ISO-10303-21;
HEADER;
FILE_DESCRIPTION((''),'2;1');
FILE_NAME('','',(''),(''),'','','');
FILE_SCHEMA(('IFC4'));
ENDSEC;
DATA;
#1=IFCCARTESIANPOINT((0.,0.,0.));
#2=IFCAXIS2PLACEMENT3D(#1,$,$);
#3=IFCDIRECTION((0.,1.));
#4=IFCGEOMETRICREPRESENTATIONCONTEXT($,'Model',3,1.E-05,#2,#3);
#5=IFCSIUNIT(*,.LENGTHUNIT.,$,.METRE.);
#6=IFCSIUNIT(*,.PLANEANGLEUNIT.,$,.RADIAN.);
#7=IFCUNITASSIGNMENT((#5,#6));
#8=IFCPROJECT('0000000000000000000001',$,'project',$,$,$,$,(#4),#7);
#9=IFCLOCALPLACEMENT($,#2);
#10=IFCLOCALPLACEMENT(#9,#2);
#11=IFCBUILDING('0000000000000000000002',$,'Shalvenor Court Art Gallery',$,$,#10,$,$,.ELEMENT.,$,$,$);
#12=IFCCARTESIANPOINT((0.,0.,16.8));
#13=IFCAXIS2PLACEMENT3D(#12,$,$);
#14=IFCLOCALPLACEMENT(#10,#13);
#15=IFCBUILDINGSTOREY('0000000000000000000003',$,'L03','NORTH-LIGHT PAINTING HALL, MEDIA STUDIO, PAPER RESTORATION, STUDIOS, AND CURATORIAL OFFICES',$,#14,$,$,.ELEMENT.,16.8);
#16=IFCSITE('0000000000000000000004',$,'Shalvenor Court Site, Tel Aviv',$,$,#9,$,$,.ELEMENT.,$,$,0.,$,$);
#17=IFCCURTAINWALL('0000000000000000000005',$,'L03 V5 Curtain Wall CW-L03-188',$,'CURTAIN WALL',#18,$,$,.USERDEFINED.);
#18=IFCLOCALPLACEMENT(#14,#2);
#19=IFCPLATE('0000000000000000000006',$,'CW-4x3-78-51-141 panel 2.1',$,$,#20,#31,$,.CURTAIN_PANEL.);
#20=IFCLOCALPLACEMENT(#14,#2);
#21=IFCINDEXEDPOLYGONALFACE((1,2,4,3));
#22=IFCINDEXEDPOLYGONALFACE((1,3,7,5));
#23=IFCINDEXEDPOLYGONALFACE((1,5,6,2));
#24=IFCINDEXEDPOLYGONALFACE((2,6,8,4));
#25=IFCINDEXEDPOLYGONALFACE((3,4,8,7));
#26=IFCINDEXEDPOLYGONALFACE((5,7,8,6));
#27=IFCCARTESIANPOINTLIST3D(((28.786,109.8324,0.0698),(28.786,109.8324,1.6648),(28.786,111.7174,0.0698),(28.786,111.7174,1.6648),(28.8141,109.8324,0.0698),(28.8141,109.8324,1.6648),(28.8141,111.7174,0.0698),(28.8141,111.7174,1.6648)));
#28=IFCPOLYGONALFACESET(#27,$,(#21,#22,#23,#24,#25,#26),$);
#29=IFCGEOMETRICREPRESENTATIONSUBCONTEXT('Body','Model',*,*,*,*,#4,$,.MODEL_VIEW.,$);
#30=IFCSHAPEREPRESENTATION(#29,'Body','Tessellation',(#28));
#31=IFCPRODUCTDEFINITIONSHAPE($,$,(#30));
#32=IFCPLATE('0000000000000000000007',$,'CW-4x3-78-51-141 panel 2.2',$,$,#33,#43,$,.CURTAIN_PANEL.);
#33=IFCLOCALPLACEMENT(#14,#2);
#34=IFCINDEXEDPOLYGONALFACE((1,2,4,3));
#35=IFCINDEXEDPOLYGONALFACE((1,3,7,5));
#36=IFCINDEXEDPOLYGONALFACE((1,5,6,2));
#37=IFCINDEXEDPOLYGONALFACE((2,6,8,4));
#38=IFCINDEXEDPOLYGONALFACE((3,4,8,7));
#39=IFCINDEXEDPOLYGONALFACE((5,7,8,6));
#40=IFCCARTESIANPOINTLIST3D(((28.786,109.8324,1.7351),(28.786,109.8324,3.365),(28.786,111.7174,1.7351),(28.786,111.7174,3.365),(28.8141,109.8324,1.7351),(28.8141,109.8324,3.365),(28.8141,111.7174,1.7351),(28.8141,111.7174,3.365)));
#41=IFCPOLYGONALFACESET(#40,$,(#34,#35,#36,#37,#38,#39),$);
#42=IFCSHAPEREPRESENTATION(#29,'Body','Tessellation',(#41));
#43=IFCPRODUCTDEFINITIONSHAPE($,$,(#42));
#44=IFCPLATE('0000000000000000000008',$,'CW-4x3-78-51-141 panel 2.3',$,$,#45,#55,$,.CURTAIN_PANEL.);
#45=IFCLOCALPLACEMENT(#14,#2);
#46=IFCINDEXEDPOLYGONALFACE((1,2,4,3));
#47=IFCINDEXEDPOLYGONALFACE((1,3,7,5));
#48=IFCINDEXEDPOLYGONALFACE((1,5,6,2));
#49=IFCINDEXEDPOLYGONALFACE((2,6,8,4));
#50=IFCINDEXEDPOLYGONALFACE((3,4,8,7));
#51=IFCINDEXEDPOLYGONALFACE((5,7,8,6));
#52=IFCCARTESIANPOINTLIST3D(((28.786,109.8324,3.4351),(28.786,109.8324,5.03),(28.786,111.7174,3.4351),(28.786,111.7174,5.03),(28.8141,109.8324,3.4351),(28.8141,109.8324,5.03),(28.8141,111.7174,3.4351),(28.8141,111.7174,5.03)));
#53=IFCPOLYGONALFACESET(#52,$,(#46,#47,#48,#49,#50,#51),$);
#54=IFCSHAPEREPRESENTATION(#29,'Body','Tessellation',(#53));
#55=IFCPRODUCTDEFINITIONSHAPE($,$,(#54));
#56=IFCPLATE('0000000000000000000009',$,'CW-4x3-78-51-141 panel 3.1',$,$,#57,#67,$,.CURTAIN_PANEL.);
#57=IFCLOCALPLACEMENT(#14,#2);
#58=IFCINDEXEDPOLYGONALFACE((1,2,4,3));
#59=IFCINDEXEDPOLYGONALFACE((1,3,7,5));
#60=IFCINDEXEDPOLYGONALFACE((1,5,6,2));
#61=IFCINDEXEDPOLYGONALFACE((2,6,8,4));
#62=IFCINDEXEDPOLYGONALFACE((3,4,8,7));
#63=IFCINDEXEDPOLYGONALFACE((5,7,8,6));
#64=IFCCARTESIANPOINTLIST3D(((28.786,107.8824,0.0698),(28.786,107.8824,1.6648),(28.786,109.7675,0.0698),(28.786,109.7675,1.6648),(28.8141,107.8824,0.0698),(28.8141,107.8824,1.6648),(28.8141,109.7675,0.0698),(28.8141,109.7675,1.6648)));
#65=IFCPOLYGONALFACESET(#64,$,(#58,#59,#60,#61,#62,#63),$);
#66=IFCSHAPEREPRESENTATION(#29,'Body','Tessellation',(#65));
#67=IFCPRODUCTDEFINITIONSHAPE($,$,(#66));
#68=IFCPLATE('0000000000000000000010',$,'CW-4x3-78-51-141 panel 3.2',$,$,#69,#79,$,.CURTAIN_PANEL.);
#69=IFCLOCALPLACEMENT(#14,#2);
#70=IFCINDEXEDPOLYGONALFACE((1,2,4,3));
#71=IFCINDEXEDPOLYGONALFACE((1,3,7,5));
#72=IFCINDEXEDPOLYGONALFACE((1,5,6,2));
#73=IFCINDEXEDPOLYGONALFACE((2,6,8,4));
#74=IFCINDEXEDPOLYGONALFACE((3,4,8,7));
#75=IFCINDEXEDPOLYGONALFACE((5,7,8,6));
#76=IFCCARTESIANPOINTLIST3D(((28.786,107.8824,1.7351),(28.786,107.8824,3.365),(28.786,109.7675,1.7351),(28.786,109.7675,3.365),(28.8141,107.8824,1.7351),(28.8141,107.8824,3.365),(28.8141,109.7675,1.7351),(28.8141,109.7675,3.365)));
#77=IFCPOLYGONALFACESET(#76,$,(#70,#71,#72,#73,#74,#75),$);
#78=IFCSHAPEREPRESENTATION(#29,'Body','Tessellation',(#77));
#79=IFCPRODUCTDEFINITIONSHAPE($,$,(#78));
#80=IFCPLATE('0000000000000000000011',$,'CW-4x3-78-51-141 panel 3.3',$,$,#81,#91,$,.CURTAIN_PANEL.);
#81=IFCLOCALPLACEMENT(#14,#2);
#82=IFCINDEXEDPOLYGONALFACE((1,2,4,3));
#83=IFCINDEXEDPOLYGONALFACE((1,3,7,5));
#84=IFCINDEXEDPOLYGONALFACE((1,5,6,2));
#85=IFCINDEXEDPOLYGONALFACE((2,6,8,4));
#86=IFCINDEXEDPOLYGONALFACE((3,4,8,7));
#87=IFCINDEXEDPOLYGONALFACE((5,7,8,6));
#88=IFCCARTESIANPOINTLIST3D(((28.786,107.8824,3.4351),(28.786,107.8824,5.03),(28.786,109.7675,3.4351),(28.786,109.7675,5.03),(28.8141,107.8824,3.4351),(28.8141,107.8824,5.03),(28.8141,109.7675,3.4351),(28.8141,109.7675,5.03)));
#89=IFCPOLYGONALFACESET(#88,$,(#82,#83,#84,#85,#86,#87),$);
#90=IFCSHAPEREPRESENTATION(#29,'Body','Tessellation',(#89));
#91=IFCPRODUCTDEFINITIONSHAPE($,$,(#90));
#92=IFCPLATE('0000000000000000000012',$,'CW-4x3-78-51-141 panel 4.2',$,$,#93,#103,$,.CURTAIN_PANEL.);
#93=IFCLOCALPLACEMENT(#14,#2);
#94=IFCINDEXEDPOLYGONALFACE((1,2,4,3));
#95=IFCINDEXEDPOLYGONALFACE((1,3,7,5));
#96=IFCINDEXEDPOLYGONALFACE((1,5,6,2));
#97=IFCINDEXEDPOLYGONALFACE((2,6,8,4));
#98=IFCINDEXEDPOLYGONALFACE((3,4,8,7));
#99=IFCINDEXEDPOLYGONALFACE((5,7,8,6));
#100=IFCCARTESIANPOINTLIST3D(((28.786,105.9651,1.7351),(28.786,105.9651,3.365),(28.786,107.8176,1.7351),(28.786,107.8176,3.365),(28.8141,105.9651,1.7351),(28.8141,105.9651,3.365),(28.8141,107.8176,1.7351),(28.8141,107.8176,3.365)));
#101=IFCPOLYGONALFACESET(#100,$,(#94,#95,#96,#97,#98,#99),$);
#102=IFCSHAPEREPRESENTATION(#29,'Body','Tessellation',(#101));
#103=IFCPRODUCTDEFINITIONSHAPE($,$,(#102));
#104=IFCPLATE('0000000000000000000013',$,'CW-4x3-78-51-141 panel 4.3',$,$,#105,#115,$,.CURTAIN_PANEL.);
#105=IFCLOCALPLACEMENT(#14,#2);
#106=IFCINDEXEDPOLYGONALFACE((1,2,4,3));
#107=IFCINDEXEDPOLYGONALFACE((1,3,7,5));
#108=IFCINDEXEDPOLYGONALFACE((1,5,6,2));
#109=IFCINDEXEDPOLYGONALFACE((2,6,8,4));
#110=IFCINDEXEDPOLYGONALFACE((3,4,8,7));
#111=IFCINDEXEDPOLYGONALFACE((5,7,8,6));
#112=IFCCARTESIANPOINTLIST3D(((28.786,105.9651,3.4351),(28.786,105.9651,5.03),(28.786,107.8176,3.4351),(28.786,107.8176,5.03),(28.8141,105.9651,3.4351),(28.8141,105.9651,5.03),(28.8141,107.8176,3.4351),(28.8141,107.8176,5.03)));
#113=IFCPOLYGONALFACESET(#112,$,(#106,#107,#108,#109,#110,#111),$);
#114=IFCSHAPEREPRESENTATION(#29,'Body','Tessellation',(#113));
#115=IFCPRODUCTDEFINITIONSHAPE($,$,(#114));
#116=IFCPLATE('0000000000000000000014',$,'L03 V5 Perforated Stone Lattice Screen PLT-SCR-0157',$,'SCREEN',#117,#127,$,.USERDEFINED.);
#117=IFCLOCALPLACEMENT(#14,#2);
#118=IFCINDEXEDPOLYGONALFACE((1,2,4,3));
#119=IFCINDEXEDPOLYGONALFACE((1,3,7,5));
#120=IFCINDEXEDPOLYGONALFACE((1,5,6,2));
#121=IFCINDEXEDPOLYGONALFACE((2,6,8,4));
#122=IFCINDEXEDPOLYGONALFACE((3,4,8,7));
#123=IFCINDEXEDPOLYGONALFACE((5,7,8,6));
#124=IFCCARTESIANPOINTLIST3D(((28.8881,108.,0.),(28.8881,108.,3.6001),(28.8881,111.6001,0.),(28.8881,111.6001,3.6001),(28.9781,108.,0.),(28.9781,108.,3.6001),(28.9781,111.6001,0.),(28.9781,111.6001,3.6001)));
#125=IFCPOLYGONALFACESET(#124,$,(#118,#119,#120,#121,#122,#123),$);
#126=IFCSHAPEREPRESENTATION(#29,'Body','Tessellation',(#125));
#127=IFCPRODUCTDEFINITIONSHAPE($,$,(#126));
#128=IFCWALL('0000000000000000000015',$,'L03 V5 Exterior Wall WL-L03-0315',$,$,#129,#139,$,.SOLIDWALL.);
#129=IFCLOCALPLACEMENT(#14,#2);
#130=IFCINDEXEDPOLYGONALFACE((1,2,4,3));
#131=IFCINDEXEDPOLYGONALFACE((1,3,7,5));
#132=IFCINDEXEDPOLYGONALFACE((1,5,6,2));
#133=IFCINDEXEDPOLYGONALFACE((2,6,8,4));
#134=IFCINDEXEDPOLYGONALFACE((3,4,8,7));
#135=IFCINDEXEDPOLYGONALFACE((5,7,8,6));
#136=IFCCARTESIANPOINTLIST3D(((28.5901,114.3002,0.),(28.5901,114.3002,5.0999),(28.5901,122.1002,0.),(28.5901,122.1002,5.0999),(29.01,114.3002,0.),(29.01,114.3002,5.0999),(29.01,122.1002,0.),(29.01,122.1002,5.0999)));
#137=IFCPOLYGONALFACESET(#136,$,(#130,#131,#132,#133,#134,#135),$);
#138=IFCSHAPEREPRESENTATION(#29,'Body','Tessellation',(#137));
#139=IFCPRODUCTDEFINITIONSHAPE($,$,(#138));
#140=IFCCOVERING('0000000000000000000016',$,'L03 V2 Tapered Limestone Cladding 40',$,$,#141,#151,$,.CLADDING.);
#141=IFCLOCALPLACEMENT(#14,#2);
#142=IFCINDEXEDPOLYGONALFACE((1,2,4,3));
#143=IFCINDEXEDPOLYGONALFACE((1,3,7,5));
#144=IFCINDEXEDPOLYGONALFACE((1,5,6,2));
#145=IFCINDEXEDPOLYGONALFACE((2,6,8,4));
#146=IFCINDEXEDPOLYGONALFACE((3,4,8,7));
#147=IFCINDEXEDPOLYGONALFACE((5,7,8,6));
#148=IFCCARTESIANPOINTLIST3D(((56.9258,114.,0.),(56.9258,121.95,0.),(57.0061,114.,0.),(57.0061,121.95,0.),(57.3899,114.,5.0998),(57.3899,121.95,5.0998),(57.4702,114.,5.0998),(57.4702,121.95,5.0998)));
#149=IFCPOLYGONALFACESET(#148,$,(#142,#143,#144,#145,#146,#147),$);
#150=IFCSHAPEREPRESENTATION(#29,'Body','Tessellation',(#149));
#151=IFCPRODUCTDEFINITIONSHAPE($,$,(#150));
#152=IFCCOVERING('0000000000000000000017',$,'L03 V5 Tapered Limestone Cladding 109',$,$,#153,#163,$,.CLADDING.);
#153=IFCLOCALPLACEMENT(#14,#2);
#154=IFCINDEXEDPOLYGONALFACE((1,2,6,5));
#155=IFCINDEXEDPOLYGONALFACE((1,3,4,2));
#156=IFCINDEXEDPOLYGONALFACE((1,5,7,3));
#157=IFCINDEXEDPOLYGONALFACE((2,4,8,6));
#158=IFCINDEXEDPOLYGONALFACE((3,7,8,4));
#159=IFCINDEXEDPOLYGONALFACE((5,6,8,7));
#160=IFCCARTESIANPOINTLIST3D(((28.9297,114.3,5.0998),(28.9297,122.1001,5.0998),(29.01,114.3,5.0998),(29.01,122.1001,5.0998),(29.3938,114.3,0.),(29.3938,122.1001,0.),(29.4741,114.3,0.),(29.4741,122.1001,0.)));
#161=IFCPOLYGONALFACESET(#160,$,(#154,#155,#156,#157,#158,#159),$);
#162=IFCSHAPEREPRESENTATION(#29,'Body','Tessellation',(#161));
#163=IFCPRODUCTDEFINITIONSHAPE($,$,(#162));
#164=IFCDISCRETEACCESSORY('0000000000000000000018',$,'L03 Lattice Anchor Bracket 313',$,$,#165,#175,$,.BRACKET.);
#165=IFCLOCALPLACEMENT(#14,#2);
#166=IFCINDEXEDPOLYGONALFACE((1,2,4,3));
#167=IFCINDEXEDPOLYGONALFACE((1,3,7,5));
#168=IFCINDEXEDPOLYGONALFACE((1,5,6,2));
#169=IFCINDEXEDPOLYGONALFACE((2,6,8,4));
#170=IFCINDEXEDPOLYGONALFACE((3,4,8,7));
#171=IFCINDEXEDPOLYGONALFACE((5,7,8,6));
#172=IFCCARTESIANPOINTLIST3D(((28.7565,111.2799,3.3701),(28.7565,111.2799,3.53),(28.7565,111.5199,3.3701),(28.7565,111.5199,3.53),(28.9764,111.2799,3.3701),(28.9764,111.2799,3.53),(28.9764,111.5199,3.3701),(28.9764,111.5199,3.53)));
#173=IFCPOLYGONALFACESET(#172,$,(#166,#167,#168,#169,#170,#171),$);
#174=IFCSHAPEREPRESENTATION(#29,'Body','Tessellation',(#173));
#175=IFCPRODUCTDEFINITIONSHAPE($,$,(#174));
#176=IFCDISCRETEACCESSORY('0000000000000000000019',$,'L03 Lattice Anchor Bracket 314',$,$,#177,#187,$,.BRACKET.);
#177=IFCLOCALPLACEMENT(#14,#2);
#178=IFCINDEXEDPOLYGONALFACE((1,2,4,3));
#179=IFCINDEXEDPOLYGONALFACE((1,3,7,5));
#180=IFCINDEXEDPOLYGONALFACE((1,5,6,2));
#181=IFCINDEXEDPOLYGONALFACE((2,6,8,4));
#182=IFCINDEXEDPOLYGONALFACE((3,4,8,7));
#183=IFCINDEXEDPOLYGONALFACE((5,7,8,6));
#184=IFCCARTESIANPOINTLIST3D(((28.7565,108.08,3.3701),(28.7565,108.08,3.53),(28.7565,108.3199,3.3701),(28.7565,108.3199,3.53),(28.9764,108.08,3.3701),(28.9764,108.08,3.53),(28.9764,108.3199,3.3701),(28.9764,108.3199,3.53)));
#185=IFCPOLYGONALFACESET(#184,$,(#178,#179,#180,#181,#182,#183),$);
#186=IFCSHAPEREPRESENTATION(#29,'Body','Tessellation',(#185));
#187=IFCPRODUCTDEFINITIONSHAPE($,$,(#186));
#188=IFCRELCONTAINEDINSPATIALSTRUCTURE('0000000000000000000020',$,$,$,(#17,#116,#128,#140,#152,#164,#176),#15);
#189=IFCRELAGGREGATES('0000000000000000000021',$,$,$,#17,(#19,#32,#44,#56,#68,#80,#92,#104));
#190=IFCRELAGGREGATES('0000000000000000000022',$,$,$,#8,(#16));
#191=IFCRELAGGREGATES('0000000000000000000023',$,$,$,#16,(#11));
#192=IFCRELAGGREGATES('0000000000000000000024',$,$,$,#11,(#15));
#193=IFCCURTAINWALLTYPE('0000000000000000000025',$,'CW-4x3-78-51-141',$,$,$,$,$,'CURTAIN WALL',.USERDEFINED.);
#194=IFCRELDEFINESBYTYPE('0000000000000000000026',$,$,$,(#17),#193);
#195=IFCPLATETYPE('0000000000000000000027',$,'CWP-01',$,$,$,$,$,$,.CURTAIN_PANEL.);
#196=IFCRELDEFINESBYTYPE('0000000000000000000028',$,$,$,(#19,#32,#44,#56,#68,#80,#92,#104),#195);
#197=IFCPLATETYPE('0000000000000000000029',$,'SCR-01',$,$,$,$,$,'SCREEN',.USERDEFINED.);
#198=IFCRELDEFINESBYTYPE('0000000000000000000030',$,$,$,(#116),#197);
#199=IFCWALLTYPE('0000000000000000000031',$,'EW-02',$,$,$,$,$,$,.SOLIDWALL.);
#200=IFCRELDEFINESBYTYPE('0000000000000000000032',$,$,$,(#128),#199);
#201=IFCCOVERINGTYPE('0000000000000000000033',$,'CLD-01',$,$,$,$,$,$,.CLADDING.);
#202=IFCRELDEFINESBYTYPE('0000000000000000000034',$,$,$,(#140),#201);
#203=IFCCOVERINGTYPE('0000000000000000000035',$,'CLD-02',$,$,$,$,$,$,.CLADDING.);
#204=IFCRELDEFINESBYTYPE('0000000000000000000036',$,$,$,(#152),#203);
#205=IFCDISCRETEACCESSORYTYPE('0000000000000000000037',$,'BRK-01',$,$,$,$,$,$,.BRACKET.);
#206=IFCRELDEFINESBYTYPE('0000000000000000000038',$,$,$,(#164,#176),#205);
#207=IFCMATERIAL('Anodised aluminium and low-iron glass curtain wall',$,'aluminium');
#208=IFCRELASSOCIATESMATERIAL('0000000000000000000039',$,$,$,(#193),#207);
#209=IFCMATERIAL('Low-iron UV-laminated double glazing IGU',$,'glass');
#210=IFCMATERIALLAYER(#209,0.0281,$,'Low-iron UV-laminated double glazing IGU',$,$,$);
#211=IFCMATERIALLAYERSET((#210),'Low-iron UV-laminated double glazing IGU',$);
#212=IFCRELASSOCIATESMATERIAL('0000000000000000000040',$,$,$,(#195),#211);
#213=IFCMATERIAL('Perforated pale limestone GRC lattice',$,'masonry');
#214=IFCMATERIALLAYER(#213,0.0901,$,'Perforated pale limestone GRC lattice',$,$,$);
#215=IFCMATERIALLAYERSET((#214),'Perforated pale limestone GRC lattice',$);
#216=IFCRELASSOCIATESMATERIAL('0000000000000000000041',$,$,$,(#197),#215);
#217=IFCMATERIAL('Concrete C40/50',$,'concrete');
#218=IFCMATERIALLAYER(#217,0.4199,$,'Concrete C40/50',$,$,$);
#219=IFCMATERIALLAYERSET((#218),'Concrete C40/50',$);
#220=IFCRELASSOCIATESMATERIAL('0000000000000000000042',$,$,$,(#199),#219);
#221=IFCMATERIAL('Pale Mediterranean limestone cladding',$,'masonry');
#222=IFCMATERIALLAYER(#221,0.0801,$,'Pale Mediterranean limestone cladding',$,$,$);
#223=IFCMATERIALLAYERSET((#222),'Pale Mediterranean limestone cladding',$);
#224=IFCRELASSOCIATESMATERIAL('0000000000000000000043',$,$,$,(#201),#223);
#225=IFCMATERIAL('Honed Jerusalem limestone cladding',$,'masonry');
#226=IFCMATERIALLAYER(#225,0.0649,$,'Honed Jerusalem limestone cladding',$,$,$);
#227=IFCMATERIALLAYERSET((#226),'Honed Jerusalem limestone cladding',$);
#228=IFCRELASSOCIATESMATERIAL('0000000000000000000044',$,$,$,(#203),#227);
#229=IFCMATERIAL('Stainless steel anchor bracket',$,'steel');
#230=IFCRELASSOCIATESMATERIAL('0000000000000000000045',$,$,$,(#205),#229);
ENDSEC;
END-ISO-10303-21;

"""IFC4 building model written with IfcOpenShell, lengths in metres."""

from ifc_helpers import new_model, si_unit, direction, frame, frame_2d, origin, origin_2d, place, context, subcontext, project, spatial, polyline, rectangle, outline, extrude, material, layer, layer_set, type_object, element, aggregate, save


model = new_model("IFC4")

# Units and contexts
model_context = context("Model", 3, precision=1e-05, world=origin(), true_north=direction((0.0, 1.0)))
body_context = subcontext(model_context, "Body", "Model", "MODEL_VIEW")
ifc_project = project(units=[si_unit("LENGTHUNIT", "METRE"), si_unit("PLANEANGLEUNIT", "RADIAN")], contexts=[model_context])

# Site, building, storey
site_placement = place(None, origin())
site = spatial("IfcSite", under=ifc_project, at=site_placement, Name="Shalvenor Court Site, Tel Aviv", CompositionType="ELEMENT", RefElevation=0.0)
building_placement = place(site_placement, origin())
building = spatial("IfcBuilding", under=site, at=building_placement, Name="Shalvenor Court Art Gallery", CompositionType="ELEMENT")
storey_placement = place(building_placement, frame((0.0, 0.0, 16.8)))
storey = spatial("IfcBuildingStorey", under=building, at=storey_placement, Name="L03", Description="NORTH-LIGHT PAINTING HALL, MEDIA STUDIO, PAPER RESTORATION, STUDIOS, AND CURATORIAL OFFICES", CompositionType="ELEMENT", Elevation=16.8)

# Curtain wall, plates
ifc_material_1 = material(Name="Anodised aluminium and low-iron glass curtain wall", Category="aluminium")
curtain_wall_type = type_object("IfcCurtainWallType", Name="CW-4x3-78-51-141", ElementType="CURTAIN WALL", PredefinedType="USERDEFINED", material=ifc_material_1)
curtain_wall_placement = place(storey_placement, origin())
curtain_wall = element("IfcCurtainWall", 1, at=curtain_wall_placement, inside=storey, type_object=curtain_wall_type, Name="L03 V5 Curtain Wall CW-L03-188", ObjectType="CURTAIN WALL", PredefinedType="USERDEFINED")
ifc_material_2 = material(Name="Low-iron UV-laminated double glazing IGU", Category="glass")
ifc_layer_1 = layer(ifc_material_2, 0.0281, Name="Low-iron UV-laminated double glazing IGU")
ifc_layer_set_1 = layer_set([ifc_layer_1], Name="Low-iron UV-laminated double glazing IGU")
plate_type_1 = type_object("IfcPlateType", Name="CWP-01", PredefinedType="CURTAIN_PANEL", material=ifc_layer_set_1)
plate_1_placement = place(storey_placement, frame((28.8, 110.7749, 0.0698), z_axis=(0.0, 0.0, 1.0), x_axis=(0.0, -1.0, 0.0)))
plate_1 = element("IfcPlate", 2, at=plate_1_placement, type_object=plate_type_1, Name="CW-4x3-78-51-141 panel 2.1", PredefinedType="CURTAIN_PANEL", context=body_context, shape_type="SweptSolid", body=[
    extrude(rectangle(XDim=1.885, YDim=0.0281, at=origin_2d()), origin(), (0.0, 0.0, 1.0), 1.595),
])
plate_2_placement = place(storey_placement, frame((28.8, 110.7749, 1.7351), z_axis=(0.0, 0.0, 1.0), x_axis=(0.0, -1.0, 0.0)))
plate_2 = element("IfcPlate", 3, at=plate_2_placement, type_object=plate_type_1, Name="CW-4x3-78-51-141 panel 2.2", PredefinedType="CURTAIN_PANEL", context=body_context, shape_type="SweptSolid", body=[
    extrude(rectangle(XDim=1.885, YDim=0.0281, at=origin_2d()), origin(), (0.0, 0.0, 1.0), 1.6299),
])
plate_3_placement = place(storey_placement, frame((28.8, 110.7749, 3.4351), z_axis=(0.0, 0.0, 1.0), x_axis=(0.0, -1.0, 0.0)))
plate_3 = element("IfcPlate", 4, at=plate_3_placement, type_object=plate_type_1, Name="CW-4x3-78-51-141 panel 2.3", PredefinedType="CURTAIN_PANEL", context=body_context, shape_type="SweptSolid", body=[
    extrude(rectangle(XDim=1.885, YDim=0.0281, at=origin_2d()), origin(), (0.0, 0.0, 1.0), 1.595),
])
plate_4_placement = place(storey_placement, frame((28.8, 108.825, 0.0698), z_axis=(0.0, 0.0, 1.0), x_axis=(0.0, -1.0, 0.0)))
plate_4 = element("IfcPlate", 5, at=plate_4_placement, type_object=plate_type_1, Name="CW-4x3-78-51-141 panel 3.1", PredefinedType="CURTAIN_PANEL", context=body_context, shape_type="SweptSolid", body=[
    extrude(rectangle(XDim=1.885, YDim=0.0281, at=origin_2d()), origin(), (0.0, 0.0, 1.0), 1.595),
])
plate_5_placement = place(storey_placement, frame((28.8, 108.825, 1.7351), z_axis=(0.0, 0.0, 1.0), x_axis=(0.0, -1.0, 0.0)))
plate_5 = element("IfcPlate", 6, at=plate_5_placement, type_object=plate_type_1, Name="CW-4x3-78-51-141 panel 3.2", PredefinedType="CURTAIN_PANEL", context=body_context, shape_type="SweptSolid", body=[
    extrude(rectangle(XDim=1.885, YDim=0.0281, at=origin_2d()), origin(), (0.0, 0.0, 1.0), 1.6299),
])
plate_6_placement = place(storey_placement, frame((28.8, 108.825, 3.4351), z_axis=(0.0, 0.0, 1.0), x_axis=(0.0, -1.0, 0.0)))
plate_6 = element("IfcPlate", 7, at=plate_6_placement, type_object=plate_type_1, Name="CW-4x3-78-51-141 panel 3.3", PredefinedType="CURTAIN_PANEL", context=body_context, shape_type="SweptSolid", body=[
    extrude(rectangle(XDim=1.885, YDim=0.0281, at=origin_2d()), origin(), (0.0, 0.0, 1.0), 1.595),
])
plate_7_placement = place(storey_placement, frame((28.8, 106.8914, 1.7351), z_axis=(0.0, 0.0, 1.0), x_axis=(0.0, -1.0, 0.0)))
plate_7 = element("IfcPlate", 8, at=plate_7_placement, type_object=plate_type_1, Name="CW-4x3-78-51-141 panel 4.2", PredefinedType="CURTAIN_PANEL", context=body_context, shape_type="SweptSolid", body=[
    extrude(rectangle(XDim=1.8525, YDim=0.0281, at=origin_2d()), origin(), (0.0, 0.0, 1.0), 1.6299),
])
plate_8_placement = place(storey_placement, frame((28.8, 106.8914, 3.4351), z_axis=(0.0, 0.0, 1.0), x_axis=(0.0, -1.0, 0.0)))
plate_8 = element("IfcPlate", 9, at=plate_8_placement, type_object=plate_type_1, Name="CW-4x3-78-51-141 panel 4.3", PredefinedType="CURTAIN_PANEL", context=body_context, shape_type="SweptSolid", body=[
    extrude(rectangle(XDim=1.8525, YDim=0.0281, at=origin_2d()), origin(), (0.0, 0.0, 1.0), 1.595),
])
aggregate(curtain_wall, [plate_1, plate_2, plate_3, plate_4, plate_5, plate_6, plate_7, plate_8])

# Plate
ifc_material_3 = material(Name="Perforated pale limestone GRC lattice", Category="masonry")
ifc_layer_2 = layer(ifc_material_3, 0.0901, Name="Perforated pale limestone GRC lattice")
ifc_layer_set_2 = layer_set([ifc_layer_2], Name="Perforated pale limestone GRC lattice")
plate_type_2 = type_object("IfcPlateType", Name="SCR-01", ElementType="SCREEN", PredefinedType="USERDEFINED", material=ifc_layer_set_2)
plate_9_placement = place(storey_placement, frame((28.9331, 109.8, 0.0), z_axis=(0.0, 0.0, 1.0), x_axis=(0.0, -1.0, 0.0)))
element("IfcPlate", 10, at=plate_9_placement, inside=storey, type_object=plate_type_2, Name="L03 V5 Perforated Stone Lattice Screen PLT-SCR-0157", ObjectType="SCREEN", PredefinedType="USERDEFINED", context=body_context, shape_type="SweptSolid", body=[
    extrude(rectangle(XDim=3.6001, YDim=0.0901, at=origin_2d()), origin(), (0.0, 0.0, 1.0), 3.6001),
])

# Wall
ifc_material_4 = material(Name="Concrete C40/50", Category="concrete")
ifc_layer_3 = layer(ifc_material_4, 0.4199, Name="Concrete C40/50")
ifc_layer_set_3 = layer_set([ifc_layer_3], Name="Concrete C40/50")
wall_type = type_object("IfcWallType", Name="EW-02", PredefinedType="SOLIDWALL", material=ifc_layer_set_3)
wall_placement = place(storey_placement, frame((28.8, 122.1001, 0.0), z_axis=(0.0, 0.0, 1.0), x_axis=(0.0, -1.0, 0.0)))
element("IfcWall", 11, at=wall_placement, inside=storey, type_object=wall_type, Name="L03 V5 Exterior Wall WL-L03-0315", PredefinedType="SOLIDWALL", context=body_context, shape_type="SweptSolid", body=[
    extrude(rectangle(XDim=7.8, YDim=0.4199, at=frame_2d((3.8999, 0.0))), origin(), (0.0, 0.0, 1.0), 5.0999),
])

# Coverings
ifc_material_5 = material(Name="Pale Mediterranean limestone cladding", Category="masonry")
ifc_layer_4 = layer(ifc_material_5, 0.0801, Name="Pale Mediterranean limestone cladding")
ifc_layer_set_4 = layer_set([ifc_layer_4], Name="Pale Mediterranean limestone cladding")
covering_type_1 = type_object("IfcCoveringType", Name="CLD-01", PredefinedType="CLADDING", material=ifc_layer_set_4)
covering_1_placement = place(storey_placement, frame((56.9258, 121.95, 0.0), z_axis=(0.0, 0.0, 1.0), x_axis=(0.0, -1.0, 0.0)))
element("IfcCovering", 12, at=covering_1_placement, inside=storey, type_object=covering_type_1, Name="L03 V2 Tapered Limestone Cladding 40", PredefinedType="CLADDING", context=body_context, shape_type="SweptSolid", body=[
    extrude(outline(polyline([(0.0, 0.0), (7.95, 0.0), (7.95, 5.1208), (0.0, 5.1208), (0.0, 0.0)])), frame((0.0, 0.0, 0.0), z_axis=(0.0, -0.995884, 0.090633), x_axis=(1.0, 0.0, 0.0)), (0.0, 0.090633, -0.995884), 0.0803),
])
ifc_material_6 = material(Name="Honed Jerusalem limestone cladding", Category="masonry")
ifc_layer_5 = layer(ifc_material_6, 0.0649, Name="Honed Jerusalem limestone cladding")
ifc_layer_set_5 = layer_set([ifc_layer_5], Name="Honed Jerusalem limestone cladding")
covering_type_2 = type_object("IfcCoveringType", Name="CLD-02", PredefinedType="CLADDING", material=ifc_layer_set_5)
covering_2_placement = place(storey_placement, frame((29.4741, 114.3, 0.0), z_axis=(0.0, 0.0, 1.0), x_axis=(0.0, 1.0, 0.0)))
element("IfcCovering", 13, at=covering_2_placement, inside=storey, type_object=covering_type_2, Name="L03 V5 Tapered Limestone Cladding 109", PredefinedType="CLADDING", context=body_context, shape_type="SweptSolid", body=[
    extrude(outline(polyline([(0.0, 0.0), (7.8, 0.0), (7.8, 5.1208), (0.0, 5.1208), (0.0, 0.0)])), frame((0.0, 0.0, 0.0), z_axis=(0.0, -0.995884, 0.090633), x_axis=(1.0, 0.0, 0.0)), (0.0, 0.090633, -0.995884), 0.0803),
])

# Discrete accessories
ifc_material_7 = material(Name="Stainless steel anchor bracket", Category="steel")
discrete_accessory_type = type_object("IfcDiscreteAccessoryType", Name="BRK-01", PredefinedType="BRACKET", material=ifc_material_7)
for number, where, z_axis, x_axis, name in (
    (14, (28.8665, 111.3999, 3.3701), (0.0, 0.0, 1.0), (0.0, -1.0, 0.0), "L03 Lattice Anchor Bracket 313"),
    (15, (28.8665, 108.2, 3.3701), (0.0, 0.0, 1.0), (0.0, -1.0, 0.0), "L03 Lattice Anchor Bracket 314"),
):
    element("IfcDiscreteAccessory", number, at=place(storey_placement, frame(where, z_axis=z_axis, x_axis=x_axis)), inside=storey, type_object=discrete_accessory_type, Name=name, PredefinedType="BRACKET", context=body_context, shape_type="SweptSolid", body=[
        extrude(rectangle(XDim=0.24, YDim=0.22, at=origin_2d()), origin(), (0.0, 0.0, 1.0), 0.1599),
    ])

save(model, "model.ifc")
